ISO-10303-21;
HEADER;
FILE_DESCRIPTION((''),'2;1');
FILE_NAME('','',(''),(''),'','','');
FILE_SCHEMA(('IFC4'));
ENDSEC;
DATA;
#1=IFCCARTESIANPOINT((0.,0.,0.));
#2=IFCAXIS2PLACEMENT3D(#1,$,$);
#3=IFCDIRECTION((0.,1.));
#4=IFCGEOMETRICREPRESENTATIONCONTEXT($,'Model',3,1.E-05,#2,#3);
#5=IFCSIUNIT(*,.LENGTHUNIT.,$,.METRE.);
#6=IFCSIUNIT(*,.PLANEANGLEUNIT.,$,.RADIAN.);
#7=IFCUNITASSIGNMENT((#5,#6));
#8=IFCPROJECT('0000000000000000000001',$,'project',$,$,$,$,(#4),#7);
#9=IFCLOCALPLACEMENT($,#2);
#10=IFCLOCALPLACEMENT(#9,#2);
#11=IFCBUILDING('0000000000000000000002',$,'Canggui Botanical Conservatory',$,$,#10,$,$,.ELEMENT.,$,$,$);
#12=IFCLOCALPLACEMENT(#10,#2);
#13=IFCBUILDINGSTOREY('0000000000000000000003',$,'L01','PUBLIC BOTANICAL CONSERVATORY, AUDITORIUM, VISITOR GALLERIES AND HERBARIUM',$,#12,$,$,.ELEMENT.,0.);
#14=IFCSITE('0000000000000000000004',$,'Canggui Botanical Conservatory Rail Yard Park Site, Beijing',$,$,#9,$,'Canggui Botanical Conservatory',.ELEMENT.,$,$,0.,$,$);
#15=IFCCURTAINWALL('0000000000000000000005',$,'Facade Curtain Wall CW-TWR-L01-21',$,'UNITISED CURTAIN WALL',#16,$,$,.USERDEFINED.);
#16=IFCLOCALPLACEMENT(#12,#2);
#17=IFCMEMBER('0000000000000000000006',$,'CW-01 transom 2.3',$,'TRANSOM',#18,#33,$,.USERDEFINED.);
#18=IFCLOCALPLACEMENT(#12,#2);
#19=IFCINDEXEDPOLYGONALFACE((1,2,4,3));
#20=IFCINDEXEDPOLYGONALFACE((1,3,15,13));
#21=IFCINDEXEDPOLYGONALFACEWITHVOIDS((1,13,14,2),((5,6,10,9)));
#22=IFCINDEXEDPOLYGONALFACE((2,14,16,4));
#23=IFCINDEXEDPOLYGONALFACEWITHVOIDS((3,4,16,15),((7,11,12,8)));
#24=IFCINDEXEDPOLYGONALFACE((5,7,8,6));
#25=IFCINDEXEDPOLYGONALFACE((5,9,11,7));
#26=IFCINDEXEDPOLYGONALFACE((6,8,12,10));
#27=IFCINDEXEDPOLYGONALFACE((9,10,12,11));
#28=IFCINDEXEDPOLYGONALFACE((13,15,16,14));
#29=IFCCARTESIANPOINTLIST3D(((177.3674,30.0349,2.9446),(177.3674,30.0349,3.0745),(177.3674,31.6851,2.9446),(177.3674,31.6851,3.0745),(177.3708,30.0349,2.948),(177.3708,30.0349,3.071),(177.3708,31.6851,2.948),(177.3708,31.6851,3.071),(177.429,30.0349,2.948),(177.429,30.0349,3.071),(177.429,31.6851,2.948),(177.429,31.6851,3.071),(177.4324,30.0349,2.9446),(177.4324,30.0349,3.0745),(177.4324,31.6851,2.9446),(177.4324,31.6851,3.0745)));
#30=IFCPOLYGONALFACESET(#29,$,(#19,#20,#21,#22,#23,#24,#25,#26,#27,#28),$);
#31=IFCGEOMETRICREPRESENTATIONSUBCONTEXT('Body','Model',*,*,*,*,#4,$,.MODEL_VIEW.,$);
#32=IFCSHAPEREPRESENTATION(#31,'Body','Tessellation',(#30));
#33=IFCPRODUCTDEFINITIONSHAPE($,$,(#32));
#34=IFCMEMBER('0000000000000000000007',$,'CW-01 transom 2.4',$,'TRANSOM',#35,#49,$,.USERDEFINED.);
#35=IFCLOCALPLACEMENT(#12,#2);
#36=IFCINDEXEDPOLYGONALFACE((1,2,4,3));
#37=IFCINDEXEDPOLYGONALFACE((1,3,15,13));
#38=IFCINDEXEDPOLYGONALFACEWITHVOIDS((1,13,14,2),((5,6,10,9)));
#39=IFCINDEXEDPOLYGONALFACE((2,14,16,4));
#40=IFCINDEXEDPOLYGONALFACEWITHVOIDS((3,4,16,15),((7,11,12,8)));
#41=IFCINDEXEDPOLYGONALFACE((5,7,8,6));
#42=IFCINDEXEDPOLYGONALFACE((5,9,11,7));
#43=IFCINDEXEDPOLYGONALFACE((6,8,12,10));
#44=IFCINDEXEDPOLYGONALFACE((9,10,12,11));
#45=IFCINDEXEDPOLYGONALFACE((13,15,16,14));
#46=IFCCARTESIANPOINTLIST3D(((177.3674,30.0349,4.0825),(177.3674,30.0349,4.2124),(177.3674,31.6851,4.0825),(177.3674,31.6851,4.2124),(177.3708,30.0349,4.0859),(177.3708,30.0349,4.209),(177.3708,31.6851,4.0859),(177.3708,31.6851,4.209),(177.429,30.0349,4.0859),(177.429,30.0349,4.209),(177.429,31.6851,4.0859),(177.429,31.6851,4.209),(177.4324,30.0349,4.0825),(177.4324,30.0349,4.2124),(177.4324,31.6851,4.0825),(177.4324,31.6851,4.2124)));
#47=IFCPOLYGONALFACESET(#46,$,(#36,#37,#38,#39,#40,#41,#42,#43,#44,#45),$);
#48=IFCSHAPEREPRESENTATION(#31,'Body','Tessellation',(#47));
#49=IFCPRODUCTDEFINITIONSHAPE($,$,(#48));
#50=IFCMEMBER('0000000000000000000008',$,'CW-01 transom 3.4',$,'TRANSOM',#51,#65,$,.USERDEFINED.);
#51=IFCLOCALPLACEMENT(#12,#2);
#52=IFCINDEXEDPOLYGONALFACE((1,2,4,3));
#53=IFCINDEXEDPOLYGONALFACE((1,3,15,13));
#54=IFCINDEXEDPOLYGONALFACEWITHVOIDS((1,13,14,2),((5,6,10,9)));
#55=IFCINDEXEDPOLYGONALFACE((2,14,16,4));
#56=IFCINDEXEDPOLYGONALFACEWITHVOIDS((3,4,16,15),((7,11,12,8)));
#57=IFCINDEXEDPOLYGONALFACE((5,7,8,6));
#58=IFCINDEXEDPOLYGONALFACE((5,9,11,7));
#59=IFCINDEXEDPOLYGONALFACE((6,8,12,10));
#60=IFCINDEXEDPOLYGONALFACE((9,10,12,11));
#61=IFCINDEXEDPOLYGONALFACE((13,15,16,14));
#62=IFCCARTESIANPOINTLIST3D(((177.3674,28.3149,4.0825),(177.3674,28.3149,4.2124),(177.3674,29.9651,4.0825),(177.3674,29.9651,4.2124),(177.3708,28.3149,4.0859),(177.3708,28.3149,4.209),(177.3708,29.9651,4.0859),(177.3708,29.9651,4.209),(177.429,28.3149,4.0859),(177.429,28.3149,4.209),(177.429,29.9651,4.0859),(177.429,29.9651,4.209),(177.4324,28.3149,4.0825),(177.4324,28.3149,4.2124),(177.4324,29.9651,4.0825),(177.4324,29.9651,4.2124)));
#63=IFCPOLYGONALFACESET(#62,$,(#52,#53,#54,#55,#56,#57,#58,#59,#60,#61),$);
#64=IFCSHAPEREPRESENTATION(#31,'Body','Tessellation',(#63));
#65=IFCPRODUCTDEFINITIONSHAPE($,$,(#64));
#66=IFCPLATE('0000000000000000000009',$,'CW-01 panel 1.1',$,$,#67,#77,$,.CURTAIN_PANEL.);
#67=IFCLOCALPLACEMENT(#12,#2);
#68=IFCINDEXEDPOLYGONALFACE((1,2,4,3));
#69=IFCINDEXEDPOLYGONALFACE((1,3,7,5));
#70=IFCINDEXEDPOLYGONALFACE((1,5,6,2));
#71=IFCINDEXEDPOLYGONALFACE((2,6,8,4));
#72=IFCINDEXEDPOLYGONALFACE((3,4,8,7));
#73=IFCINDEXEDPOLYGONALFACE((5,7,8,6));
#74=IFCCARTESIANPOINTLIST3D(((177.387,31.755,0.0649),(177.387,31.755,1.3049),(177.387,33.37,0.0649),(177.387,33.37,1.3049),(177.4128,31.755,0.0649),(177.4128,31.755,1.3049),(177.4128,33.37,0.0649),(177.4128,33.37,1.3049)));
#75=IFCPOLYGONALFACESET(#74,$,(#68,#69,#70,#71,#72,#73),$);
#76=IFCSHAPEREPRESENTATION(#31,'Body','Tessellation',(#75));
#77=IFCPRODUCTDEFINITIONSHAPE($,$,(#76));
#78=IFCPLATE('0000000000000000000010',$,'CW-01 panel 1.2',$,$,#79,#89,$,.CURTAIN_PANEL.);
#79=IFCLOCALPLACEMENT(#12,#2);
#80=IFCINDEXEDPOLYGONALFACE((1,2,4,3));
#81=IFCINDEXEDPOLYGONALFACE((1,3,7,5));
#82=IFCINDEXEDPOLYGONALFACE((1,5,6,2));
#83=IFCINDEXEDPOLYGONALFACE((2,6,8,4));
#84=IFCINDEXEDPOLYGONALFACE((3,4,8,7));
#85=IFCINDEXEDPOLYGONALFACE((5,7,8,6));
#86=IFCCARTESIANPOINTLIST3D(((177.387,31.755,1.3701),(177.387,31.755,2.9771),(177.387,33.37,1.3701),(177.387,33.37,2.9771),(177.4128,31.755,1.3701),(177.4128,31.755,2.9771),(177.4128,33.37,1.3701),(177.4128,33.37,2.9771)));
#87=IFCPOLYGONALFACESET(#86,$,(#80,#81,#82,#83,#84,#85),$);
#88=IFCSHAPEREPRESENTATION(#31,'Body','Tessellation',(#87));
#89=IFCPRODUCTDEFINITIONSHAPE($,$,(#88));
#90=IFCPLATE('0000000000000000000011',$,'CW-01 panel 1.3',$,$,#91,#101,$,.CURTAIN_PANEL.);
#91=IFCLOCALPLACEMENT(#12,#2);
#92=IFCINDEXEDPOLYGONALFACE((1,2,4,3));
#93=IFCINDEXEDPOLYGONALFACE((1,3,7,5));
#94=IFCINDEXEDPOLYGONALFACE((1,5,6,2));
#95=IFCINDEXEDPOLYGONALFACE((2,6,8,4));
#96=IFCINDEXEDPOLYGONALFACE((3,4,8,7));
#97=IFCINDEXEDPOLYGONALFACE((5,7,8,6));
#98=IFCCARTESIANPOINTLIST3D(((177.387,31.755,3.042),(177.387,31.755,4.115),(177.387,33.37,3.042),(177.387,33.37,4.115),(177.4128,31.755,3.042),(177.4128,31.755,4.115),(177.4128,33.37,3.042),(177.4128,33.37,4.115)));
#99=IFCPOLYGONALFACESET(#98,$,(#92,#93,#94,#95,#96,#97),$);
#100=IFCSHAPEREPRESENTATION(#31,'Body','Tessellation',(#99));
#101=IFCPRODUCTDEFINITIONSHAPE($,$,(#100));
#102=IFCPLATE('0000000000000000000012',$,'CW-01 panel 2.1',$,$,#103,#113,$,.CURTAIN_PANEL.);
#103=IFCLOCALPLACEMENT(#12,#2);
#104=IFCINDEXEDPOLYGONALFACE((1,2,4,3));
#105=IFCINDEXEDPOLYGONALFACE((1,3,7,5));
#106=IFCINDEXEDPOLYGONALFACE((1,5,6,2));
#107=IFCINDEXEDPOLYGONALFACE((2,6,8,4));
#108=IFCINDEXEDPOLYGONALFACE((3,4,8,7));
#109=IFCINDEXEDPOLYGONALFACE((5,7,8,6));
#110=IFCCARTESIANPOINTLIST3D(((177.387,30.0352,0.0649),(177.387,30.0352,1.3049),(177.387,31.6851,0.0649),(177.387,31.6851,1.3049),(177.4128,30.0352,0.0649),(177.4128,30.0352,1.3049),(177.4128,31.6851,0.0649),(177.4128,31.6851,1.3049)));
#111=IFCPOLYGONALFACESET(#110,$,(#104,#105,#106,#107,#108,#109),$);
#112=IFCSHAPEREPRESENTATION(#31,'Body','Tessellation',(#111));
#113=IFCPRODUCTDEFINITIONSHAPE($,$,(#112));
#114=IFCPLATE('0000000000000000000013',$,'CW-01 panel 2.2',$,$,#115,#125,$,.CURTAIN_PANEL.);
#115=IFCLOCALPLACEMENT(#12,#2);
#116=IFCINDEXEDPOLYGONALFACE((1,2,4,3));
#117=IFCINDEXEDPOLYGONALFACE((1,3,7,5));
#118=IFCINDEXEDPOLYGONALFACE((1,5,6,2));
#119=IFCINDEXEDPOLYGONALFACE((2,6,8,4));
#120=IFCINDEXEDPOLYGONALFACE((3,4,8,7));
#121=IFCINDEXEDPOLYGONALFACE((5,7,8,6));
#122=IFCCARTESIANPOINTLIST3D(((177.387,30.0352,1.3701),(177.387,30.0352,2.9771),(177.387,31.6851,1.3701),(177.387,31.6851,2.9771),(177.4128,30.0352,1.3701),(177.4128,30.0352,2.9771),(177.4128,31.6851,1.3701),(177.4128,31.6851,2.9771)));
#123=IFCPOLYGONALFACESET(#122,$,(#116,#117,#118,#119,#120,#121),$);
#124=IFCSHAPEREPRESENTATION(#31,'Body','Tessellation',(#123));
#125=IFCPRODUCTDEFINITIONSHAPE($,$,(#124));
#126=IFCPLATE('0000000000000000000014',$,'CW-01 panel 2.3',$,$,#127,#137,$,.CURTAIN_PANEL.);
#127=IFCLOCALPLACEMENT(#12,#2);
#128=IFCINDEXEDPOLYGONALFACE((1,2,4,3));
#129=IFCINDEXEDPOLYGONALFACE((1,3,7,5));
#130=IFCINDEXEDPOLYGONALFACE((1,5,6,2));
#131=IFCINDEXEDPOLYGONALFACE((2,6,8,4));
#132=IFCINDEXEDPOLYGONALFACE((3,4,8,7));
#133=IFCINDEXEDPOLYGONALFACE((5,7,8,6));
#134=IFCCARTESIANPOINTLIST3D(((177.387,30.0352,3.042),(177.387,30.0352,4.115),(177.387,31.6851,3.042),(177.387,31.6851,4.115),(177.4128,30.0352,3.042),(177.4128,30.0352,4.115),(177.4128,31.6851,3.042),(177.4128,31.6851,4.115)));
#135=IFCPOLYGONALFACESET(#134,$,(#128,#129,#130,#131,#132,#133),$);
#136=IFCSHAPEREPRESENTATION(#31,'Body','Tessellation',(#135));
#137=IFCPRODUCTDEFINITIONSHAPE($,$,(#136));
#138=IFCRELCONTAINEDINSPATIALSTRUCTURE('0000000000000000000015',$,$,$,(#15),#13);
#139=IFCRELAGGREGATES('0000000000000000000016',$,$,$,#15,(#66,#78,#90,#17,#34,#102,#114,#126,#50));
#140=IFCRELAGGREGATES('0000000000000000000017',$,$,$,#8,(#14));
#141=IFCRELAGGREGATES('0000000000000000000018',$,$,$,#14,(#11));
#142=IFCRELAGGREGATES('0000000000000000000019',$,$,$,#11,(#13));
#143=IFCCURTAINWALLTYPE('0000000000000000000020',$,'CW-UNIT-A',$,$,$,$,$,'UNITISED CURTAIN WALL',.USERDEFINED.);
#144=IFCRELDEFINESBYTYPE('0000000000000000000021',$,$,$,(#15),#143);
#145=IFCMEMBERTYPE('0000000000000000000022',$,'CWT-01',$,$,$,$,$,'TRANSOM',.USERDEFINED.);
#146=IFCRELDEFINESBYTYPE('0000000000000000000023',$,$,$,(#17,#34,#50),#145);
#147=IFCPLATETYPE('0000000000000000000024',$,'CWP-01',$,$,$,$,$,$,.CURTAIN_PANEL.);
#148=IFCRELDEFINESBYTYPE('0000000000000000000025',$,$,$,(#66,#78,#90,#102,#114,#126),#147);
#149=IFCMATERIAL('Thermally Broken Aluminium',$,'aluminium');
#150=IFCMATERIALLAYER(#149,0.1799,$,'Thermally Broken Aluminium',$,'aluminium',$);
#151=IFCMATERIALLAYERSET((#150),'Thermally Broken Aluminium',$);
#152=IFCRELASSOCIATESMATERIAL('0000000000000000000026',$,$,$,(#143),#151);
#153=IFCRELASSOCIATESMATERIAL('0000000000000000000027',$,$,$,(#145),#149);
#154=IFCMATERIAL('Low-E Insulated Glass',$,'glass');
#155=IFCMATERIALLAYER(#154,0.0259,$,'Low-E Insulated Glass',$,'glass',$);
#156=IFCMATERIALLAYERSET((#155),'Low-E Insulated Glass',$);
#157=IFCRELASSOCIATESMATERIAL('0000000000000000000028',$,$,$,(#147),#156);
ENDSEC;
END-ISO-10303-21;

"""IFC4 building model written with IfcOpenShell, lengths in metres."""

from ifc_helpers import new_model, si_unit, direction, frame, origin, origin_2d, place, context, subcontext, project, spatial, rectangle, hollow_rectangle, extrude, material, layer, layer_set, material_profile, profile_set, type_object, element, aggregate, save


model = new_model("IFC4")

# Units and contexts
model_context = context("Model", 3, precision=1e-05, world=origin(), true_north=direction((0.0, 1.0)))
body_context = subcontext(model_context, "Body", "Model", "MODEL_VIEW")
ifc_project = project(units=[si_unit("LENGTHUNIT", "METRE"), si_unit("PLANEANGLEUNIT", "RADIAN")], contexts=[model_context])

# Site, building, storey
site_placement = place(None, origin())
site = spatial("IfcSite", under=ifc_project, at=site_placement, Name="Canggui Botanical Conservatory Rail Yard Park Site, Beijing", LongName="Canggui Botanical Conservatory", CompositionType="ELEMENT", RefElevation=0.0)
building_placement = place(site_placement, origin())
building = spatial("IfcBuilding", under=site, at=building_placement, Name="Canggui Botanical Conservatory", CompositionType="ELEMENT")
storey_placement = place(building_placement, origin())
storey = spatial("IfcBuildingStorey", under=building, at=storey_placement, Name="L01", Description="PUBLIC BOTANICAL CONSERVATORY, AUDITORIUM, VISITOR GALLERIES AND HERBARIUM", CompositionType="ELEMENT", Elevation=0.0)

# Curtain wall, members, plates
ifc_material_1 = material(Name="Thermally Broken Aluminium", Category="aluminium")
ifc_layer_1 = layer(ifc_material_1, 0.1799, Name="Thermally Broken Aluminium", Category="aluminium")
ifc_layer_set_1 = layer_set([ifc_layer_1], Name="Thermally Broken Aluminium")
curtain_wall_type = type_object("IfcCurtainWallType", Name="CW-UNIT-A", ElementType="UNITISED CURTAIN WALL", PredefinedType="USERDEFINED", material=ifc_layer_set_1)
curtain_wall_placement = place(storey_placement, origin())
curtain_wall = element("IfcCurtainWall", 1, at=curtain_wall_placement, inside=storey, type_object=curtain_wall_type, Name="Facade Curtain Wall CW-TWR-L01-21", ObjectType="UNITISED CURTAIN WALL", PredefinedType="USERDEFINED")
ifc_material_profile_1 = material_profile(ifc_material_1, hollow_rectangle(XDim=0.0649, YDim=0.1299, WallThickness=0.0034, at=origin_2d()), Name="CWT 65x130x3.5")
ifc_profile_set_1 = profile_set([ifc_material_profile_1], Name="Thermally Broken Aluminium")
member_type_1 = type_object("IfcMemberType", Name="CWT-01", ElementType="TRANSOM", PredefinedType="USERDEFINED", material=ifc_profile_set_1)
member_1_placement = place(storey_placement, frame((177.3999, 31.6851, 3.0095), z_axis=(0.0, -1.0, 0.0), x_axis=(1.0, 0.0, 0.0)))
member_1 = element("IfcMember", 2, at=member_1_placement, type_object=member_type_1, Name="CW-01 transom 2.3", ObjectType="TRANSOM", PredefinedType="USERDEFINED", context=body_context, shape_type="SweptSolid", body=[
    extrude(hollow_rectangle(XDim=0.0649, YDim=0.1299, WallThickness=0.0034, at=origin_2d()), origin(), (0.0, 0.0, 1.0), 1.6501),
])
member_2_placement = place(storey_placement, frame((177.3999, 31.6851, 4.1475), z_axis=(0.0, -1.0, 0.0), x_axis=(1.0, 0.0, 0.0)))
member_2 = element("IfcMember", 3, at=member_2_placement, type_object=member_type_1, Name="CW-01 transom 2.4", ObjectType="TRANSOM", PredefinedType="USERDEFINED", context=body_context, shape_type="SweptSolid", body=[
    extrude(hollow_rectangle(XDim=0.0649, YDim=0.1299, WallThickness=0.0034, at=origin_2d()), origin(), (0.0, 0.0, 1.0), 1.6501),
])
member_3_placement = place(storey_placement, frame((177.3999, 29.9651, 4.1475), z_axis=(0.0, -1.0, 0.0), x_axis=(1.0, 0.0, 0.0)))
member_3 = element("IfcMember", 4, at=member_3_placement, type_object=member_type_1, Name="CW-01 transom 3.4", ObjectType="TRANSOM", PredefinedType="USERDEFINED", context=body_context, shape_type="SweptSolid", body=[
    extrude(hollow_rectangle(XDim=0.0649, YDim=0.1299, WallThickness=0.0034, at=origin_2d()), origin(), (0.0, 0.0, 1.0), 1.6501),
])
ifc_material_2 = material(Name="Low-E Insulated Glass", Category="glass")
ifc_layer_2 = layer(ifc_material_2, 0.0259, Name="Low-E Insulated Glass", Category="glass")
ifc_layer_set_2 = layer_set([ifc_layer_2], Name="Low-E Insulated Glass")
plate_type = type_object("IfcPlateType", Name="CWP-01", PredefinedType="CURTAIN_PANEL", material=ifc_layer_set_2)
plate_1_placement = place(storey_placement, frame((177.3999, 32.5625, 0.0649), z_axis=(0.0, 0.0, 1.0), x_axis=(0.0, -1.0, 0.0)))
plate_1 = element("IfcPlate", 5, at=plate_1_placement, type_object=plate_type, Name="CW-01 panel 1.1", PredefinedType="CURTAIN_PANEL", context=body_context, shape_type="SweptSolid", body=[
    extrude(rectangle(XDim=1.615, YDim=0.0259, at=origin_2d()), origin(), (0.0, 0.0, 1.0), 1.24),
])
plate_2_placement = place(storey_placement, frame((177.3999, 32.5625, 1.3701), z_axis=(0.0, 0.0, 1.0), x_axis=(0.0, -1.0, 0.0)))
plate_2 = element("IfcPlate", 6, at=plate_2_placement, type_object=plate_type, Name="CW-01 panel 1.2", PredefinedType="CURTAIN_PANEL", context=body_context, shape_type="SweptSolid", body=[
    extrude(rectangle(XDim=1.615, YDim=0.0259, at=origin_2d()), origin(), (0.0, 0.0, 1.0), 1.6069),
])
plate_3_placement = place(storey_placement, frame((177.3999, 32.5625, 3.042), z_axis=(0.0, 0.0, 1.0), x_axis=(0.0, -1.0, 0.0)))
plate_3 = element("IfcPlate", 7, at=plate_3_placement, type_object=plate_type, Name="CW-01 panel 1.3", PredefinedType="CURTAIN_PANEL", context=body_context, shape_type="SweptSolid", body=[
    extrude(rectangle(XDim=1.615, YDim=0.0259, at=origin_2d()), origin(), (0.0, 0.0, 1.0), 1.073),
])
plate_4_placement = place(storey_placement, frame((177.3999, 30.8601, 0.0649), z_axis=(0.0, 0.0, 1.0), x_axis=(0.0, -1.0, 0.0)))
plate_4 = element("IfcPlate", 8, at=plate_4_placement, type_object=plate_type, Name="CW-01 panel 2.1", PredefinedType="CURTAIN_PANEL", context=body_context, shape_type="SweptSolid", body=[
    extrude(rectangle(XDim=1.6499, YDim=0.0259, at=origin_2d()), origin(), (0.0, 0.0, 1.0), 1.24),
])
plate_5_placement = place(storey_placement, frame((177.3999, 30.8601, 1.3701), z_axis=(0.0, 0.0, 1.0), x_axis=(0.0, -1.0, 0.0)))
plate_5 = element("IfcPlate", 9, at=plate_5_placement, type_object=plate_type, Name="CW-01 panel 2.2", PredefinedType="CURTAIN_PANEL", context=body_context, shape_type="SweptSolid", body=[
    extrude(rectangle(XDim=1.6499, YDim=0.0259, at=origin_2d()), origin(), (0.0, 0.0, 1.0), 1.6069),
])
plate_6_placement = place(storey_placement, frame((177.3999, 30.8601, 3.042), z_axis=(0.0, 0.0, 1.0), x_axis=(0.0, -1.0, 0.0)))
plate_6 = element("IfcPlate", 10, at=plate_6_placement, type_object=plate_type, Name="CW-01 panel 2.3", PredefinedType="CURTAIN_PANEL", context=body_context, shape_type="SweptSolid", body=[
    extrude(rectangle(XDim=1.6499, YDim=0.0259, at=origin_2d()), origin(), (0.0, 0.0, 1.0), 1.073),
])
aggregate(curtain_wall, [plate_1, plate_2, plate_3, member_1, member_2, plate_4, plate_5, plate_6, member_3])

save(model, "model.ifc")
